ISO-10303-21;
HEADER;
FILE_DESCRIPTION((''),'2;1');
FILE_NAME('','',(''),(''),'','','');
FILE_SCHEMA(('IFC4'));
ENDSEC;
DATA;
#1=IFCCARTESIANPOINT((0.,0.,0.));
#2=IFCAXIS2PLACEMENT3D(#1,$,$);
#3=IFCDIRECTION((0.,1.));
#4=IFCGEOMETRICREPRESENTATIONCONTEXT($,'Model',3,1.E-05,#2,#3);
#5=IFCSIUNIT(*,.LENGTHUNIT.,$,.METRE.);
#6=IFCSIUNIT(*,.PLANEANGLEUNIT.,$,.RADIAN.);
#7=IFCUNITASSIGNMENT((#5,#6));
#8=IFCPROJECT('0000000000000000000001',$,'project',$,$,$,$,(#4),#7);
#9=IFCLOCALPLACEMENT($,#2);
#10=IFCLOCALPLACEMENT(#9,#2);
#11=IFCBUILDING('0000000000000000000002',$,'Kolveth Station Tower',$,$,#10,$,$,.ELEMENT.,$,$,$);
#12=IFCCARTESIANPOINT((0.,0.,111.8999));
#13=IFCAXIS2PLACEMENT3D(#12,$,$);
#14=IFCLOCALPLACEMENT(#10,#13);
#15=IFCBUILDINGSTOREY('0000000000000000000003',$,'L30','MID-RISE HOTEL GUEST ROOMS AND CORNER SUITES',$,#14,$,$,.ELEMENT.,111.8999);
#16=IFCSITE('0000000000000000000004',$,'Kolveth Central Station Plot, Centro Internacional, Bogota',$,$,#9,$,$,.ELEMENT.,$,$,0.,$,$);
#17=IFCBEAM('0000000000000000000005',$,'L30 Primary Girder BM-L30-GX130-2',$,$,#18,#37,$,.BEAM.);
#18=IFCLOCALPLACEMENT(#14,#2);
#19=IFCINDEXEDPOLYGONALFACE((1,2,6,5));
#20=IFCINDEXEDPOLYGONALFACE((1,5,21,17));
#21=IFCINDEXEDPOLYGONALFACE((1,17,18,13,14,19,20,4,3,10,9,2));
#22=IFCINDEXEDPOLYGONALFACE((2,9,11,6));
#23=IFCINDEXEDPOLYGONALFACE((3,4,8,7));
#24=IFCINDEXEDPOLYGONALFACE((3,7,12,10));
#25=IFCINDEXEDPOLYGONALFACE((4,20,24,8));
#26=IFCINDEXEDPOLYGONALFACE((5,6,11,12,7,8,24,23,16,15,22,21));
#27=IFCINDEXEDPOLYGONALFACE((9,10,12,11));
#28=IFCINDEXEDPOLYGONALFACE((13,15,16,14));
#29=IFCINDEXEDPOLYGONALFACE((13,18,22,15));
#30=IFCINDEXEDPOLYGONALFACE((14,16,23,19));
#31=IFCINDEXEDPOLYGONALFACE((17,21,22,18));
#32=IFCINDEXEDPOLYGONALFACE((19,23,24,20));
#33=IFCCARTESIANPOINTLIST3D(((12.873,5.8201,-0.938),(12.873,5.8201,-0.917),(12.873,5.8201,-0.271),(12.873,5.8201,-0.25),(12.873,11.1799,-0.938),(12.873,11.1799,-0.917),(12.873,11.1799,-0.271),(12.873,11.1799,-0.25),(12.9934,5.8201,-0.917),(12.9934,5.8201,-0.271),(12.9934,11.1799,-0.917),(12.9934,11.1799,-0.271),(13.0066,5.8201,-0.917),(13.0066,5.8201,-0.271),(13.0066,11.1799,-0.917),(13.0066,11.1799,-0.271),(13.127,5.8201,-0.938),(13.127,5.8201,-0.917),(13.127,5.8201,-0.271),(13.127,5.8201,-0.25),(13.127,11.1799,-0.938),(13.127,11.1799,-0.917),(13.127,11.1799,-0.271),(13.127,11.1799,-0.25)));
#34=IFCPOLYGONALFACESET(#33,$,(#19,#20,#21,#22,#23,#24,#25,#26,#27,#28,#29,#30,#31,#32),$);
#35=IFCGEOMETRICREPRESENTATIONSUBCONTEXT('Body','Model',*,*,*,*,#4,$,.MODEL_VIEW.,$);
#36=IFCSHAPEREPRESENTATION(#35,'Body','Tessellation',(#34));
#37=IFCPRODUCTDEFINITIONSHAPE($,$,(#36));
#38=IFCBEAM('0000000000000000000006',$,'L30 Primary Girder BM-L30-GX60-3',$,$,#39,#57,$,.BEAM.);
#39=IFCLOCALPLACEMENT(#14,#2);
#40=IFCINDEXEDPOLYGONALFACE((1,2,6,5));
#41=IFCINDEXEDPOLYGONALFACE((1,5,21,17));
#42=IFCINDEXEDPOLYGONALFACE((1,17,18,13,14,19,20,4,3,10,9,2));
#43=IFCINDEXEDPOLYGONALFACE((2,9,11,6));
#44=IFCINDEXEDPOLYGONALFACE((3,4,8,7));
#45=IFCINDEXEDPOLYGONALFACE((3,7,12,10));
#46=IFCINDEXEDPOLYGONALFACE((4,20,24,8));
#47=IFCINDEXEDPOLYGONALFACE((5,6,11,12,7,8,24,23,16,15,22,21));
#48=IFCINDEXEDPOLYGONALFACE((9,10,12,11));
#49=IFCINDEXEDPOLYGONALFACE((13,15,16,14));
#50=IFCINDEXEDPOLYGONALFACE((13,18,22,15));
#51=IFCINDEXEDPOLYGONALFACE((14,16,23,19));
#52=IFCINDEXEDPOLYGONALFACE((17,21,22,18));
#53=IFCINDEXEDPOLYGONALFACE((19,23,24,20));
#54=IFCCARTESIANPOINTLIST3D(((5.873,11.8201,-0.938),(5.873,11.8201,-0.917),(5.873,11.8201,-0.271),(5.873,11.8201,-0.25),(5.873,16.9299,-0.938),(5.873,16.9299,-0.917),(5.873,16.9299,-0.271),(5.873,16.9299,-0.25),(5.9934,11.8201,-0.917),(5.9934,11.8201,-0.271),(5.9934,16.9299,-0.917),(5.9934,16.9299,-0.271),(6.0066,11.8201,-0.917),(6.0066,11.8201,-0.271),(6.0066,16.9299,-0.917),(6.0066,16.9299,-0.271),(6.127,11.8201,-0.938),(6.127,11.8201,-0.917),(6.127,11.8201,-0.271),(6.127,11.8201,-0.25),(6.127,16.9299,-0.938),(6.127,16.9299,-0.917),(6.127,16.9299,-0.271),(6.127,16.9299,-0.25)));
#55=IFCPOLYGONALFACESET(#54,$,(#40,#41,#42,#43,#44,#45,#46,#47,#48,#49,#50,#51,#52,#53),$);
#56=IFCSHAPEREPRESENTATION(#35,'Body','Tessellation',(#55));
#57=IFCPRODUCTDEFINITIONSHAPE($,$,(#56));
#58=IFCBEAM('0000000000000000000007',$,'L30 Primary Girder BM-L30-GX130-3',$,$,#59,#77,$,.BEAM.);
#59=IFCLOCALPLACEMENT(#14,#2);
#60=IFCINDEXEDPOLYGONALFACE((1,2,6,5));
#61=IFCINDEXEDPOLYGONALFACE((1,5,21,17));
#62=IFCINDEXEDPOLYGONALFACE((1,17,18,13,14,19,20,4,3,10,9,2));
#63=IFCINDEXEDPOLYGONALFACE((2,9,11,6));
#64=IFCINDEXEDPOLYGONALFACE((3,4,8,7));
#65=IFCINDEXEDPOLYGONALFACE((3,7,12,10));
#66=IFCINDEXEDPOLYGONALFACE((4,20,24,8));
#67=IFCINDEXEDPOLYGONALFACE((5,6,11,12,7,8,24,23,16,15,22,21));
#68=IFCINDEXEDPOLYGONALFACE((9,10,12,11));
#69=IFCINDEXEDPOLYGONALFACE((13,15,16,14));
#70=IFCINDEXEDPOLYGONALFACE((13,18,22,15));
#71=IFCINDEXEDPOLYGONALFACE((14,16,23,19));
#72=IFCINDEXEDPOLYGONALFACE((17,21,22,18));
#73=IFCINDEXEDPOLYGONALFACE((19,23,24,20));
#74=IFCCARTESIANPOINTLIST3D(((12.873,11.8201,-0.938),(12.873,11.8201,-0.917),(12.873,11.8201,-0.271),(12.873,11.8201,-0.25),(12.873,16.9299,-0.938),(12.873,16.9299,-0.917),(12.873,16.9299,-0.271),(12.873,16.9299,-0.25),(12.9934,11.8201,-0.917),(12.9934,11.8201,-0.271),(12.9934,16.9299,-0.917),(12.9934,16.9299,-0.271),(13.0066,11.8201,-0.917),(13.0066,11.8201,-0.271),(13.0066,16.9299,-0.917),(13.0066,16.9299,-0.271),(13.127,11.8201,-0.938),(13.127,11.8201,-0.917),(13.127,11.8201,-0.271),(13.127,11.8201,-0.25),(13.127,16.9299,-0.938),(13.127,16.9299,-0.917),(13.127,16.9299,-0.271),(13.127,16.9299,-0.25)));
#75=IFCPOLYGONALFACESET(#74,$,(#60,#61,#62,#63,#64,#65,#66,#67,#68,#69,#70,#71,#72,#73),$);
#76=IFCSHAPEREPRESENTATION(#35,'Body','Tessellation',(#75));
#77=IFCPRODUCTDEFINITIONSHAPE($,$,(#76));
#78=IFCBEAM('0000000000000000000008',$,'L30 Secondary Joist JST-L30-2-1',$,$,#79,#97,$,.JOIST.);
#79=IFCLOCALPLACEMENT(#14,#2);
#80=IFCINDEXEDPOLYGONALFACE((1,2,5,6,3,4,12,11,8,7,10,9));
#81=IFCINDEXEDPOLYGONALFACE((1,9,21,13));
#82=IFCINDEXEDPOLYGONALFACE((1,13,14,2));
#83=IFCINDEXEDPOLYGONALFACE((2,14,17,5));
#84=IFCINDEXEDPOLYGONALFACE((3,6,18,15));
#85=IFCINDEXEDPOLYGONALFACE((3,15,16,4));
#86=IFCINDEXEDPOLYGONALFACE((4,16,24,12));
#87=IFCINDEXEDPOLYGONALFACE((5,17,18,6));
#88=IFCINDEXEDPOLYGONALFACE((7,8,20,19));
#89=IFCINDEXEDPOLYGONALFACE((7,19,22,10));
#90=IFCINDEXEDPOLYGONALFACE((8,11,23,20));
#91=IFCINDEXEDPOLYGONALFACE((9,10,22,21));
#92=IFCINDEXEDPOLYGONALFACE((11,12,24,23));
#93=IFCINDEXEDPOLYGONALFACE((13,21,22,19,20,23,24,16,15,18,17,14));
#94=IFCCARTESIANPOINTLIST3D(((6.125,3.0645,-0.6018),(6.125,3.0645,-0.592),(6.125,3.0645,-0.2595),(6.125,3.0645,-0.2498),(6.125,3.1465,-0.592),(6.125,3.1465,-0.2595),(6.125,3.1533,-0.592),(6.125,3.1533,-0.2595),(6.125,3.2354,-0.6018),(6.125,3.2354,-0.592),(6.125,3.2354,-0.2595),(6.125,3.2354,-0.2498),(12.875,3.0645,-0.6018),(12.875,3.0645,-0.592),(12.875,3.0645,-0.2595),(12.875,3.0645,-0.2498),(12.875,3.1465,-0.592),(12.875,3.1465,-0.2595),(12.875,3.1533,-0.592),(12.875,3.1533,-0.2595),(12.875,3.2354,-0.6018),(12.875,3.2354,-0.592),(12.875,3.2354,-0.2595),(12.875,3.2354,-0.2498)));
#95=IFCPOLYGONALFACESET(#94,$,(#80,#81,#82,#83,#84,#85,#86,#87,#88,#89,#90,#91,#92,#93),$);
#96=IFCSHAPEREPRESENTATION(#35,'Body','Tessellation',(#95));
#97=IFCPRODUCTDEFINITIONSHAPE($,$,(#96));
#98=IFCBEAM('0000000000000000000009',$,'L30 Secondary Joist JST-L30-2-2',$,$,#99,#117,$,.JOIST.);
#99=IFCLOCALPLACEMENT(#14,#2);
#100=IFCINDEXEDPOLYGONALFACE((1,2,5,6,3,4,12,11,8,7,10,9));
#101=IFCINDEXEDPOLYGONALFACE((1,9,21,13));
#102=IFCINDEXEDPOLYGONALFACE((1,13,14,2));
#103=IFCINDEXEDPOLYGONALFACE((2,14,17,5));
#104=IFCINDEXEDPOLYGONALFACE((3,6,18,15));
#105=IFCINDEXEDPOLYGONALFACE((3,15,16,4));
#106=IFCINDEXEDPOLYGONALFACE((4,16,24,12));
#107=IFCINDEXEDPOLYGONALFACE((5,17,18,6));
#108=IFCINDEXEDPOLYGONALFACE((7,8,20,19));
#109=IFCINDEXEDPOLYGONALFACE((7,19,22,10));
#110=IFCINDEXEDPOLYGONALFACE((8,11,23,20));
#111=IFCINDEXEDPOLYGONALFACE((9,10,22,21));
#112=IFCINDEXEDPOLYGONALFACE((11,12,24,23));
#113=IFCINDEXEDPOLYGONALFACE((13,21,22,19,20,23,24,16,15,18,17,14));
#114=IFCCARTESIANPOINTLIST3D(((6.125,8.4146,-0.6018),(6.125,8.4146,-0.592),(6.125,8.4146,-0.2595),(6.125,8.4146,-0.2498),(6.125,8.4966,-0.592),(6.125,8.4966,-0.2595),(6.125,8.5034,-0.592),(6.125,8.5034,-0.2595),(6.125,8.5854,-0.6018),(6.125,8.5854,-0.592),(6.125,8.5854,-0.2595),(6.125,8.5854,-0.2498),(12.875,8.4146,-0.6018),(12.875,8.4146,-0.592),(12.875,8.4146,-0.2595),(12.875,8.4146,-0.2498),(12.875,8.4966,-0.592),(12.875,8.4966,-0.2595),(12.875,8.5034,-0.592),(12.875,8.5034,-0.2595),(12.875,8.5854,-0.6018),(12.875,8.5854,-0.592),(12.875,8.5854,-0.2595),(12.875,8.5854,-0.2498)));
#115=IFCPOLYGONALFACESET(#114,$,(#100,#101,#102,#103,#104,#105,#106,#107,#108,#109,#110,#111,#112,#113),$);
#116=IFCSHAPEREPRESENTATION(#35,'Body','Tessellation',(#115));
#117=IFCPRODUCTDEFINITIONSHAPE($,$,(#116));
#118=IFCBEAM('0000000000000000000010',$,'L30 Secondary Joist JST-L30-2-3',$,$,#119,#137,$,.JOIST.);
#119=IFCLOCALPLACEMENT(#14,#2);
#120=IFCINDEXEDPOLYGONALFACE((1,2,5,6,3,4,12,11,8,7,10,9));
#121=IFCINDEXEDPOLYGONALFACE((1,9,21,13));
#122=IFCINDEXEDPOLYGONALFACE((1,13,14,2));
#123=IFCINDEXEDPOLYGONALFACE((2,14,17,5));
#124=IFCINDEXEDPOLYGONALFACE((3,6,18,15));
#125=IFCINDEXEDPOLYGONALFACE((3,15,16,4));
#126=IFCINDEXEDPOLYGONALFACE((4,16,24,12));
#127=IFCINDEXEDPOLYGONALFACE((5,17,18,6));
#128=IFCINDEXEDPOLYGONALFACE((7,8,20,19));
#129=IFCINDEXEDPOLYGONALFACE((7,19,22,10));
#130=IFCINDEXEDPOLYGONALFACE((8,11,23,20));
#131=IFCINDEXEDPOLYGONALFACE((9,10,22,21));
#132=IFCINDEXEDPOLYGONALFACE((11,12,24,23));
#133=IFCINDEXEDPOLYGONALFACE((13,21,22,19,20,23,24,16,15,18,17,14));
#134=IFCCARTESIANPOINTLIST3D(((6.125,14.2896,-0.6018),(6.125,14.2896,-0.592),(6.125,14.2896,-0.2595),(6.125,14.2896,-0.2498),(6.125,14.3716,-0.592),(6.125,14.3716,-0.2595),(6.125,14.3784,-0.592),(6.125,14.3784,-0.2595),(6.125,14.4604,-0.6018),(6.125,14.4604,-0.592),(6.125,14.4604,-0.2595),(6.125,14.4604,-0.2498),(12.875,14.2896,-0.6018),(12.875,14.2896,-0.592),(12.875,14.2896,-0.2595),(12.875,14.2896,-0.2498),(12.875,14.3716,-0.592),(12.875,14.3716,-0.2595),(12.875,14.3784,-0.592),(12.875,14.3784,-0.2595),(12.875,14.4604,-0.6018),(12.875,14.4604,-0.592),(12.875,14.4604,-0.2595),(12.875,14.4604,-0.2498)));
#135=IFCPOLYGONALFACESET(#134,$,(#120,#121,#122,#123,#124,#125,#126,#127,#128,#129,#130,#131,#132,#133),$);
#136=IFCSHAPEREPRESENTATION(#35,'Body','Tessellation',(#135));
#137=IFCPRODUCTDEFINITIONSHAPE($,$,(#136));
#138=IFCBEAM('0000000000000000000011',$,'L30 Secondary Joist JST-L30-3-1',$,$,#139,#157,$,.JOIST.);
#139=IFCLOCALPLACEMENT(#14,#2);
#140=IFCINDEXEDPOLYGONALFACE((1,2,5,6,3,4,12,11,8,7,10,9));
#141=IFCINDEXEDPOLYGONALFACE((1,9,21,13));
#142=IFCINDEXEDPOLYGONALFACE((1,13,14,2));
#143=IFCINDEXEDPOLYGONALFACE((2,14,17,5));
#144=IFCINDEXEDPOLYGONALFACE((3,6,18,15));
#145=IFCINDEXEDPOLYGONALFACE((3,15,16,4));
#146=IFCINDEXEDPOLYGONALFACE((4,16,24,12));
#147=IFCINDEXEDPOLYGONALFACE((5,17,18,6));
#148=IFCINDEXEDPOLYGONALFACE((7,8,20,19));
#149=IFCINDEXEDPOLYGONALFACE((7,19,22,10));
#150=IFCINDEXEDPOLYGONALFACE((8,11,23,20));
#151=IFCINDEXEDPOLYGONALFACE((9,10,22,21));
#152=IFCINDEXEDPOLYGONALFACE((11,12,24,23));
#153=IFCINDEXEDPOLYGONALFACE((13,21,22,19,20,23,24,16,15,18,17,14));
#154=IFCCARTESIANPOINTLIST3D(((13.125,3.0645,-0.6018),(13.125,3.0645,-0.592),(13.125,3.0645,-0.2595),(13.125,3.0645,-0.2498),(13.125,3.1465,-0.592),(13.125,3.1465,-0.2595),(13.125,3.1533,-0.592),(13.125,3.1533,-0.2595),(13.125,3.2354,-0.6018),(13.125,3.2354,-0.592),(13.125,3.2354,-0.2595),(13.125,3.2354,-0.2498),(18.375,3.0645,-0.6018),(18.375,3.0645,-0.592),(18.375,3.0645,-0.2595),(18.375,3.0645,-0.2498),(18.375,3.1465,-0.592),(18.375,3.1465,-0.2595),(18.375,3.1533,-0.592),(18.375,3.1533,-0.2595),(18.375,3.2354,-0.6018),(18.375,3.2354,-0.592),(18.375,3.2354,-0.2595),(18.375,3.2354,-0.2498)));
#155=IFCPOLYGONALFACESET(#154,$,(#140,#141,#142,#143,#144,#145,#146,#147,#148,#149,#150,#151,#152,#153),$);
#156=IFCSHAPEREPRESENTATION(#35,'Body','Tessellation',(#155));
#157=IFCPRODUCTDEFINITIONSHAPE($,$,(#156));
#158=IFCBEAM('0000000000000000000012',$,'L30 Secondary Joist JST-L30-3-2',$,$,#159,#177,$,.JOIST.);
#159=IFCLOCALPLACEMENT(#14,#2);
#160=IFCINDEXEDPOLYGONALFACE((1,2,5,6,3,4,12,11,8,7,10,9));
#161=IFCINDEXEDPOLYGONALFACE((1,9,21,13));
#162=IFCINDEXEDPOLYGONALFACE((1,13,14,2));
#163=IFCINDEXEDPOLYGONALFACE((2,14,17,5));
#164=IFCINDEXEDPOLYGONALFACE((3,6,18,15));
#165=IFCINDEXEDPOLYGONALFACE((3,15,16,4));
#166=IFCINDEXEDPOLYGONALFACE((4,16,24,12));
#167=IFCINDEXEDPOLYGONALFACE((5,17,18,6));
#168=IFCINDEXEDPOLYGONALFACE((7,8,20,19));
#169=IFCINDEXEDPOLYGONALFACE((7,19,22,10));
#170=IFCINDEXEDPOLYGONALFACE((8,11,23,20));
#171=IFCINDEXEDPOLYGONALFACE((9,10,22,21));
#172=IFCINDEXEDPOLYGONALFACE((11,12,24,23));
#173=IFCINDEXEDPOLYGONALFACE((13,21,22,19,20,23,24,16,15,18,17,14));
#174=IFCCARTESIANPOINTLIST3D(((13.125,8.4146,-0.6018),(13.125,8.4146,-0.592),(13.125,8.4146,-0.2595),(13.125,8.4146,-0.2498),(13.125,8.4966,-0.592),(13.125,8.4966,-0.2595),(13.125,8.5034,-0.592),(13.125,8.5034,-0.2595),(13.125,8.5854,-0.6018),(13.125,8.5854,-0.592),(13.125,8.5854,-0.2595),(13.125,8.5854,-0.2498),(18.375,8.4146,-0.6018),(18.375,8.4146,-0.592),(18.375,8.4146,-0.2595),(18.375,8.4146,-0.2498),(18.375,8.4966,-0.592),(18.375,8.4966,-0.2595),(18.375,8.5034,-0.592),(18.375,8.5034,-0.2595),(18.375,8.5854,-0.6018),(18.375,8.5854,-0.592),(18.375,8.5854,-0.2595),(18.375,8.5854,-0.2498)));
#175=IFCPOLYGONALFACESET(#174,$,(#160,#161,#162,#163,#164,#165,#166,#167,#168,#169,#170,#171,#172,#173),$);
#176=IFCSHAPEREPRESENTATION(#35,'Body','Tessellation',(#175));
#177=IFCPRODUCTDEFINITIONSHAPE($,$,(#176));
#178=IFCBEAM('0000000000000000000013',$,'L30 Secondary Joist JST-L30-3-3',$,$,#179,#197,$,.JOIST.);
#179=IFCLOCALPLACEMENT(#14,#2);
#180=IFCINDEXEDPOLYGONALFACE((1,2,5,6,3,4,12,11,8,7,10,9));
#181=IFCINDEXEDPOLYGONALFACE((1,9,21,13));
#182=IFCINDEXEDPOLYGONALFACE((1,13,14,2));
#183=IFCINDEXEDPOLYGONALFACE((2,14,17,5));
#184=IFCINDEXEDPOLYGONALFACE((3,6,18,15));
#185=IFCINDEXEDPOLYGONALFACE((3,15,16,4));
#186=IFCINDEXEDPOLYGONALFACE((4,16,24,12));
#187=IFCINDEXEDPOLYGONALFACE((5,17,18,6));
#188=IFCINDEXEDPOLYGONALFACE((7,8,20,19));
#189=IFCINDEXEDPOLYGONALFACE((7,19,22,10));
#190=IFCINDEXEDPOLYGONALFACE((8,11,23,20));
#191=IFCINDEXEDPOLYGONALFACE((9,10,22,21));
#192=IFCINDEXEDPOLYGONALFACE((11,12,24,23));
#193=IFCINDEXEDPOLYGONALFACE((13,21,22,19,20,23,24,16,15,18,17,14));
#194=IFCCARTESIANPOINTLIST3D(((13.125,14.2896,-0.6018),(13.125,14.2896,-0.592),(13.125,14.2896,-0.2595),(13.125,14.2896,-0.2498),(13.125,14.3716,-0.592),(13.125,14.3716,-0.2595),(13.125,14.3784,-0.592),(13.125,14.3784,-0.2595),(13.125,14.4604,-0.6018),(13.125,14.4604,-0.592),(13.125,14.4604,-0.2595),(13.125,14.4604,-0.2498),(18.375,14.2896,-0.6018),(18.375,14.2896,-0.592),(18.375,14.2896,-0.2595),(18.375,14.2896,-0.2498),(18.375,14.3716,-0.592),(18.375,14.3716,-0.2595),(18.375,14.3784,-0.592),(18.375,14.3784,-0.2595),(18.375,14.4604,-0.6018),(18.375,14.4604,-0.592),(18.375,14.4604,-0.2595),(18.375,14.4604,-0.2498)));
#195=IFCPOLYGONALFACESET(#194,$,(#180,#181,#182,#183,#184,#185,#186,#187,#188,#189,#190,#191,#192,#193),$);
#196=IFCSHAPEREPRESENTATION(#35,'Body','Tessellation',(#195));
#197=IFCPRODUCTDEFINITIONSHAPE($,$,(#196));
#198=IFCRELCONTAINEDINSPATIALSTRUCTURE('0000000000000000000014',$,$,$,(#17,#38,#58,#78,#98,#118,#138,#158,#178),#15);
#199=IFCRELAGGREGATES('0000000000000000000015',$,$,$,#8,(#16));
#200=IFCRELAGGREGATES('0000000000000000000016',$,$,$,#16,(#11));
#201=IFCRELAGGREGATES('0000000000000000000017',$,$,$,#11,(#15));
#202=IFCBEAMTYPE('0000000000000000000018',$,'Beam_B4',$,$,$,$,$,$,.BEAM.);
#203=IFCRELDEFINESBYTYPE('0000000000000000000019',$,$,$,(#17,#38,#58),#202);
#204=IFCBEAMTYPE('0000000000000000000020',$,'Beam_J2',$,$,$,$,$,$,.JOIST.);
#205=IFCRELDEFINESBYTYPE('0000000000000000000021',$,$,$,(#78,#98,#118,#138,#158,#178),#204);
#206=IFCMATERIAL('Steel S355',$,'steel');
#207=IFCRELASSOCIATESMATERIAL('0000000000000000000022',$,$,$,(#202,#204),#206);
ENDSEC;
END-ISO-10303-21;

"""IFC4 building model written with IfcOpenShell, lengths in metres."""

from ifc_helpers import new_model, si_unit, direction, frame, origin, origin_2d, place, context, subcontext, project, spatial, i_section, extrude, source, transform, mapped, material, material_profile, profile_set, type_object, element, save


model = new_model("IFC4")

# Units and contexts
model_context = context("Model", 3, precision=1e-05, world=origin(), true_north=direction((0.0, 1.0)))
body_context = subcontext(model_context, "Body", "Model", "MODEL_VIEW")
ifc_project = project(units=[si_unit("LENGTHUNIT", "METRE"), si_unit("PLANEANGLEUNIT", "RADIAN")], contexts=[model_context])

# Site, building, storey
site_placement = place(None, origin())
site = spatial("IfcSite", under=ifc_project, at=site_placement, Name="Kolveth Central Station Plot, Centro Internacional, Bogota", CompositionType="ELEMENT", RefElevation=0.0)
building_placement = place(site_placement, origin())
building = spatial("IfcBuilding", under=site, at=building_placement, Name="Kolveth Station Tower", CompositionType="ELEMENT")
storey_placement = place(building_placement, frame((0.0, 0.0, 111.8999)))
storey = spatial("IfcBuildingStorey", under=building, at=storey_placement, Name="L30", Description="MID-RISE HOTEL GUEST ROOMS AND CORNER SUITES", CompositionType="ELEMENT", Elevation=111.8999)

# Beams
ifc_material_1 = material(Name="Steel S355", Category="steel")
ifc_material_profile_1 = material_profile(ifc_material_1, i_section(OverallWidth=0.2539, OverallDepth=0.688, WebThickness=0.0132, FlangeThickness=0.021, at=origin_2d()), Name="W690x152")
ifc_profile_set_1 = profile_set([ifc_material_profile_1], Name="Steel S355")
beam_type_1 = type_object("IfcBeamType", Name="Beam_B4", PredefinedType="BEAM", material=ifc_profile_set_1)
shared_shape_1 = source(origin(), body_context, "Body", "SweptSolid", [
    extrude(i_section(OverallWidth=0.2539, OverallDepth=0.688, WebThickness=0.0132, FlangeThickness=0.021, at=origin_2d()), origin(), (0.0, 0.0, 1.0), 5.3599),
])
for number, where, z_axis, x_axis, name in (
    (1, (13.0, 5.8201, -0.594), (0.0, 1.0, 0.0), (-1.0, 0.0, 0.0), "L30 Primary Girder BM-L30-GX130-2"),
):
    element("IfcBeam", number, at=place(storey_placement, frame(where, z_axis=z_axis, x_axis=x_axis)), inside=storey, type_object=beam_type_1, Name=name, PredefinedType="BEAM", context=body_context, shape_type="MappedRepresentation", body=[
        mapped(shared_shape_1, transform((0.0, 0.0, 0.0), x_axis=(1.0, 0.0, 0.0), y_axis=(0.0, 1.0, 0.0), z_axis=(0.0, 0.0, 1.0), scale=1.0)),
    ])
shared_shape_2 = source(origin(), body_context, "Body", "SweptSolid", [
    extrude(i_section(OverallWidth=0.2539, OverallDepth=0.688, WebThickness=0.0132, FlangeThickness=0.021, at=origin_2d()), origin(), (0.0, 0.0, 1.0), 5.1099),
])
for number, where, z_axis, x_axis, name in (
    (2, (6.0, 11.8201, -0.594), (0.0, 1.0, 0.0), (-1.0, 0.0, 0.0), "L30 Primary Girder BM-L30-GX60-3"),
    (3, (13.0, 11.8201, -0.594), (0.0, 1.0, 0.0), (-1.0, 0.0, 0.0), "L30 Primary Girder BM-L30-GX130-3"),
):
    element("IfcBeam", number, at=place(storey_placement, frame(where, z_axis=z_axis, x_axis=x_axis)), inside=storey, type_object=beam_type_1, Name=name, PredefinedType="BEAM", context=body_context, shape_type="MappedRepresentation", body=[
        mapped(shared_shape_2, transform((0.0, 0.0, 0.0), x_axis=(1.0, 0.0, 0.0), y_axis=(0.0, 1.0, 0.0), z_axis=(0.0, 0.0, 1.0), scale=1.0)),
    ])
ifc_material_profile_2 = material_profile(ifc_material_1, i_section(OverallWidth=0.1709, OverallDepth=0.3521, WebThickness=0.0068, FlangeThickness=0.0098, at=origin_2d()), Name="W360x44")
ifc_profile_set_2 = profile_set([ifc_material_profile_2], Name="Steel S355")
beam_type_2 = type_object("IfcBeamType", Name="Beam_J2", PredefinedType="JOIST", material=ifc_profile_set_2)
shared_shape_3 = source(origin(), body_context, "Body", "SweptSolid", [
    extrude(i_section(OverallWidth=0.1709, OverallDepth=0.3521, WebThickness=0.0068, FlangeThickness=0.0098, at=origin_2d()), origin(), (0.0, 0.0, 1.0), 6.75),
])
for number, where, z_axis, x_axis, name in (
    (4, (6.125, 3.1499, -0.4258), (1.0, 0.0, 0.0), (0.0, 1.0, 0.0), "L30 Secondary Joist JST-L30-2-1"),
    (5, (6.125, 8.5, -0.4258), (1.0, 0.0, 0.0), (0.0, 1.0, 0.0), "L30 Secondary Joist JST-L30-2-2"),
    (6, (6.125, 14.375, -0.4258), (1.0, 0.0, 0.0), (0.0, 1.0, 0.0), "L30 Secondary Joist JST-L30-2-3"),
):
    element("IfcBeam", number, at=place(storey_placement, frame(where, z_axis=z_axis, x_axis=x_axis)), inside=storey, type_object=beam_type_2, Name=name, PredefinedType="JOIST", context=body_context, shape_type="MappedRepresentation", body=[
        mapped(shared_shape_3, transform((0.0, 0.0, 0.0), x_axis=(1.0, 0.0, 0.0), y_axis=(0.0, 1.0, 0.0), z_axis=(0.0, 0.0, 1.0), scale=1.0)),
    ])
shared_shape_4 = source(origin(), body_context, "Body", "SweptSolid", [
    extrude(i_section(OverallWidth=0.1709, OverallDepth=0.3521, WebThickness=0.0068, FlangeThickness=0.0098, at=origin_2d()), origin(), (0.0, 0.0, 1.0), 5.25),
])
for number, where, z_axis, x_axis, name in (
    (7, (13.125, 3.1499, -0.4258), (1.0, 0.0, 0.0), (0.0, 1.0, 0.0), "L30 Secondary Joist JST-L30-3-1"),
    (8, (13.125, 8.5, -0.4258), (1.0, 0.0, 0.0), (0.0, 1.0, 0.0), "L30 Secondary Joist JST-L30-3-2"),
    (9, (13.125, 14.375, -0.4258), (1.0, 0.0, 0.0), (0.0, 1.0, 0.0), "L30 Secondary Joist JST-L30-3-3"),
):
    element("IfcBeam", number, at=place(storey_placement, frame(where, z_axis=z_axis, x_axis=x_axis)), inside=storey, type_object=beam_type_2, Name=name, PredefinedType="JOIST", context=body_context, shape_type="MappedRepresentation", body=[
        mapped(shared_shape_4, transform((0.0, 0.0, 0.0), x_axis=(1.0, 0.0, 0.0), y_axis=(0.0, 1.0, 0.0), z_axis=(0.0, 0.0, 1.0), scale=1.0)),
    ])

save(model, "model.ifc")
